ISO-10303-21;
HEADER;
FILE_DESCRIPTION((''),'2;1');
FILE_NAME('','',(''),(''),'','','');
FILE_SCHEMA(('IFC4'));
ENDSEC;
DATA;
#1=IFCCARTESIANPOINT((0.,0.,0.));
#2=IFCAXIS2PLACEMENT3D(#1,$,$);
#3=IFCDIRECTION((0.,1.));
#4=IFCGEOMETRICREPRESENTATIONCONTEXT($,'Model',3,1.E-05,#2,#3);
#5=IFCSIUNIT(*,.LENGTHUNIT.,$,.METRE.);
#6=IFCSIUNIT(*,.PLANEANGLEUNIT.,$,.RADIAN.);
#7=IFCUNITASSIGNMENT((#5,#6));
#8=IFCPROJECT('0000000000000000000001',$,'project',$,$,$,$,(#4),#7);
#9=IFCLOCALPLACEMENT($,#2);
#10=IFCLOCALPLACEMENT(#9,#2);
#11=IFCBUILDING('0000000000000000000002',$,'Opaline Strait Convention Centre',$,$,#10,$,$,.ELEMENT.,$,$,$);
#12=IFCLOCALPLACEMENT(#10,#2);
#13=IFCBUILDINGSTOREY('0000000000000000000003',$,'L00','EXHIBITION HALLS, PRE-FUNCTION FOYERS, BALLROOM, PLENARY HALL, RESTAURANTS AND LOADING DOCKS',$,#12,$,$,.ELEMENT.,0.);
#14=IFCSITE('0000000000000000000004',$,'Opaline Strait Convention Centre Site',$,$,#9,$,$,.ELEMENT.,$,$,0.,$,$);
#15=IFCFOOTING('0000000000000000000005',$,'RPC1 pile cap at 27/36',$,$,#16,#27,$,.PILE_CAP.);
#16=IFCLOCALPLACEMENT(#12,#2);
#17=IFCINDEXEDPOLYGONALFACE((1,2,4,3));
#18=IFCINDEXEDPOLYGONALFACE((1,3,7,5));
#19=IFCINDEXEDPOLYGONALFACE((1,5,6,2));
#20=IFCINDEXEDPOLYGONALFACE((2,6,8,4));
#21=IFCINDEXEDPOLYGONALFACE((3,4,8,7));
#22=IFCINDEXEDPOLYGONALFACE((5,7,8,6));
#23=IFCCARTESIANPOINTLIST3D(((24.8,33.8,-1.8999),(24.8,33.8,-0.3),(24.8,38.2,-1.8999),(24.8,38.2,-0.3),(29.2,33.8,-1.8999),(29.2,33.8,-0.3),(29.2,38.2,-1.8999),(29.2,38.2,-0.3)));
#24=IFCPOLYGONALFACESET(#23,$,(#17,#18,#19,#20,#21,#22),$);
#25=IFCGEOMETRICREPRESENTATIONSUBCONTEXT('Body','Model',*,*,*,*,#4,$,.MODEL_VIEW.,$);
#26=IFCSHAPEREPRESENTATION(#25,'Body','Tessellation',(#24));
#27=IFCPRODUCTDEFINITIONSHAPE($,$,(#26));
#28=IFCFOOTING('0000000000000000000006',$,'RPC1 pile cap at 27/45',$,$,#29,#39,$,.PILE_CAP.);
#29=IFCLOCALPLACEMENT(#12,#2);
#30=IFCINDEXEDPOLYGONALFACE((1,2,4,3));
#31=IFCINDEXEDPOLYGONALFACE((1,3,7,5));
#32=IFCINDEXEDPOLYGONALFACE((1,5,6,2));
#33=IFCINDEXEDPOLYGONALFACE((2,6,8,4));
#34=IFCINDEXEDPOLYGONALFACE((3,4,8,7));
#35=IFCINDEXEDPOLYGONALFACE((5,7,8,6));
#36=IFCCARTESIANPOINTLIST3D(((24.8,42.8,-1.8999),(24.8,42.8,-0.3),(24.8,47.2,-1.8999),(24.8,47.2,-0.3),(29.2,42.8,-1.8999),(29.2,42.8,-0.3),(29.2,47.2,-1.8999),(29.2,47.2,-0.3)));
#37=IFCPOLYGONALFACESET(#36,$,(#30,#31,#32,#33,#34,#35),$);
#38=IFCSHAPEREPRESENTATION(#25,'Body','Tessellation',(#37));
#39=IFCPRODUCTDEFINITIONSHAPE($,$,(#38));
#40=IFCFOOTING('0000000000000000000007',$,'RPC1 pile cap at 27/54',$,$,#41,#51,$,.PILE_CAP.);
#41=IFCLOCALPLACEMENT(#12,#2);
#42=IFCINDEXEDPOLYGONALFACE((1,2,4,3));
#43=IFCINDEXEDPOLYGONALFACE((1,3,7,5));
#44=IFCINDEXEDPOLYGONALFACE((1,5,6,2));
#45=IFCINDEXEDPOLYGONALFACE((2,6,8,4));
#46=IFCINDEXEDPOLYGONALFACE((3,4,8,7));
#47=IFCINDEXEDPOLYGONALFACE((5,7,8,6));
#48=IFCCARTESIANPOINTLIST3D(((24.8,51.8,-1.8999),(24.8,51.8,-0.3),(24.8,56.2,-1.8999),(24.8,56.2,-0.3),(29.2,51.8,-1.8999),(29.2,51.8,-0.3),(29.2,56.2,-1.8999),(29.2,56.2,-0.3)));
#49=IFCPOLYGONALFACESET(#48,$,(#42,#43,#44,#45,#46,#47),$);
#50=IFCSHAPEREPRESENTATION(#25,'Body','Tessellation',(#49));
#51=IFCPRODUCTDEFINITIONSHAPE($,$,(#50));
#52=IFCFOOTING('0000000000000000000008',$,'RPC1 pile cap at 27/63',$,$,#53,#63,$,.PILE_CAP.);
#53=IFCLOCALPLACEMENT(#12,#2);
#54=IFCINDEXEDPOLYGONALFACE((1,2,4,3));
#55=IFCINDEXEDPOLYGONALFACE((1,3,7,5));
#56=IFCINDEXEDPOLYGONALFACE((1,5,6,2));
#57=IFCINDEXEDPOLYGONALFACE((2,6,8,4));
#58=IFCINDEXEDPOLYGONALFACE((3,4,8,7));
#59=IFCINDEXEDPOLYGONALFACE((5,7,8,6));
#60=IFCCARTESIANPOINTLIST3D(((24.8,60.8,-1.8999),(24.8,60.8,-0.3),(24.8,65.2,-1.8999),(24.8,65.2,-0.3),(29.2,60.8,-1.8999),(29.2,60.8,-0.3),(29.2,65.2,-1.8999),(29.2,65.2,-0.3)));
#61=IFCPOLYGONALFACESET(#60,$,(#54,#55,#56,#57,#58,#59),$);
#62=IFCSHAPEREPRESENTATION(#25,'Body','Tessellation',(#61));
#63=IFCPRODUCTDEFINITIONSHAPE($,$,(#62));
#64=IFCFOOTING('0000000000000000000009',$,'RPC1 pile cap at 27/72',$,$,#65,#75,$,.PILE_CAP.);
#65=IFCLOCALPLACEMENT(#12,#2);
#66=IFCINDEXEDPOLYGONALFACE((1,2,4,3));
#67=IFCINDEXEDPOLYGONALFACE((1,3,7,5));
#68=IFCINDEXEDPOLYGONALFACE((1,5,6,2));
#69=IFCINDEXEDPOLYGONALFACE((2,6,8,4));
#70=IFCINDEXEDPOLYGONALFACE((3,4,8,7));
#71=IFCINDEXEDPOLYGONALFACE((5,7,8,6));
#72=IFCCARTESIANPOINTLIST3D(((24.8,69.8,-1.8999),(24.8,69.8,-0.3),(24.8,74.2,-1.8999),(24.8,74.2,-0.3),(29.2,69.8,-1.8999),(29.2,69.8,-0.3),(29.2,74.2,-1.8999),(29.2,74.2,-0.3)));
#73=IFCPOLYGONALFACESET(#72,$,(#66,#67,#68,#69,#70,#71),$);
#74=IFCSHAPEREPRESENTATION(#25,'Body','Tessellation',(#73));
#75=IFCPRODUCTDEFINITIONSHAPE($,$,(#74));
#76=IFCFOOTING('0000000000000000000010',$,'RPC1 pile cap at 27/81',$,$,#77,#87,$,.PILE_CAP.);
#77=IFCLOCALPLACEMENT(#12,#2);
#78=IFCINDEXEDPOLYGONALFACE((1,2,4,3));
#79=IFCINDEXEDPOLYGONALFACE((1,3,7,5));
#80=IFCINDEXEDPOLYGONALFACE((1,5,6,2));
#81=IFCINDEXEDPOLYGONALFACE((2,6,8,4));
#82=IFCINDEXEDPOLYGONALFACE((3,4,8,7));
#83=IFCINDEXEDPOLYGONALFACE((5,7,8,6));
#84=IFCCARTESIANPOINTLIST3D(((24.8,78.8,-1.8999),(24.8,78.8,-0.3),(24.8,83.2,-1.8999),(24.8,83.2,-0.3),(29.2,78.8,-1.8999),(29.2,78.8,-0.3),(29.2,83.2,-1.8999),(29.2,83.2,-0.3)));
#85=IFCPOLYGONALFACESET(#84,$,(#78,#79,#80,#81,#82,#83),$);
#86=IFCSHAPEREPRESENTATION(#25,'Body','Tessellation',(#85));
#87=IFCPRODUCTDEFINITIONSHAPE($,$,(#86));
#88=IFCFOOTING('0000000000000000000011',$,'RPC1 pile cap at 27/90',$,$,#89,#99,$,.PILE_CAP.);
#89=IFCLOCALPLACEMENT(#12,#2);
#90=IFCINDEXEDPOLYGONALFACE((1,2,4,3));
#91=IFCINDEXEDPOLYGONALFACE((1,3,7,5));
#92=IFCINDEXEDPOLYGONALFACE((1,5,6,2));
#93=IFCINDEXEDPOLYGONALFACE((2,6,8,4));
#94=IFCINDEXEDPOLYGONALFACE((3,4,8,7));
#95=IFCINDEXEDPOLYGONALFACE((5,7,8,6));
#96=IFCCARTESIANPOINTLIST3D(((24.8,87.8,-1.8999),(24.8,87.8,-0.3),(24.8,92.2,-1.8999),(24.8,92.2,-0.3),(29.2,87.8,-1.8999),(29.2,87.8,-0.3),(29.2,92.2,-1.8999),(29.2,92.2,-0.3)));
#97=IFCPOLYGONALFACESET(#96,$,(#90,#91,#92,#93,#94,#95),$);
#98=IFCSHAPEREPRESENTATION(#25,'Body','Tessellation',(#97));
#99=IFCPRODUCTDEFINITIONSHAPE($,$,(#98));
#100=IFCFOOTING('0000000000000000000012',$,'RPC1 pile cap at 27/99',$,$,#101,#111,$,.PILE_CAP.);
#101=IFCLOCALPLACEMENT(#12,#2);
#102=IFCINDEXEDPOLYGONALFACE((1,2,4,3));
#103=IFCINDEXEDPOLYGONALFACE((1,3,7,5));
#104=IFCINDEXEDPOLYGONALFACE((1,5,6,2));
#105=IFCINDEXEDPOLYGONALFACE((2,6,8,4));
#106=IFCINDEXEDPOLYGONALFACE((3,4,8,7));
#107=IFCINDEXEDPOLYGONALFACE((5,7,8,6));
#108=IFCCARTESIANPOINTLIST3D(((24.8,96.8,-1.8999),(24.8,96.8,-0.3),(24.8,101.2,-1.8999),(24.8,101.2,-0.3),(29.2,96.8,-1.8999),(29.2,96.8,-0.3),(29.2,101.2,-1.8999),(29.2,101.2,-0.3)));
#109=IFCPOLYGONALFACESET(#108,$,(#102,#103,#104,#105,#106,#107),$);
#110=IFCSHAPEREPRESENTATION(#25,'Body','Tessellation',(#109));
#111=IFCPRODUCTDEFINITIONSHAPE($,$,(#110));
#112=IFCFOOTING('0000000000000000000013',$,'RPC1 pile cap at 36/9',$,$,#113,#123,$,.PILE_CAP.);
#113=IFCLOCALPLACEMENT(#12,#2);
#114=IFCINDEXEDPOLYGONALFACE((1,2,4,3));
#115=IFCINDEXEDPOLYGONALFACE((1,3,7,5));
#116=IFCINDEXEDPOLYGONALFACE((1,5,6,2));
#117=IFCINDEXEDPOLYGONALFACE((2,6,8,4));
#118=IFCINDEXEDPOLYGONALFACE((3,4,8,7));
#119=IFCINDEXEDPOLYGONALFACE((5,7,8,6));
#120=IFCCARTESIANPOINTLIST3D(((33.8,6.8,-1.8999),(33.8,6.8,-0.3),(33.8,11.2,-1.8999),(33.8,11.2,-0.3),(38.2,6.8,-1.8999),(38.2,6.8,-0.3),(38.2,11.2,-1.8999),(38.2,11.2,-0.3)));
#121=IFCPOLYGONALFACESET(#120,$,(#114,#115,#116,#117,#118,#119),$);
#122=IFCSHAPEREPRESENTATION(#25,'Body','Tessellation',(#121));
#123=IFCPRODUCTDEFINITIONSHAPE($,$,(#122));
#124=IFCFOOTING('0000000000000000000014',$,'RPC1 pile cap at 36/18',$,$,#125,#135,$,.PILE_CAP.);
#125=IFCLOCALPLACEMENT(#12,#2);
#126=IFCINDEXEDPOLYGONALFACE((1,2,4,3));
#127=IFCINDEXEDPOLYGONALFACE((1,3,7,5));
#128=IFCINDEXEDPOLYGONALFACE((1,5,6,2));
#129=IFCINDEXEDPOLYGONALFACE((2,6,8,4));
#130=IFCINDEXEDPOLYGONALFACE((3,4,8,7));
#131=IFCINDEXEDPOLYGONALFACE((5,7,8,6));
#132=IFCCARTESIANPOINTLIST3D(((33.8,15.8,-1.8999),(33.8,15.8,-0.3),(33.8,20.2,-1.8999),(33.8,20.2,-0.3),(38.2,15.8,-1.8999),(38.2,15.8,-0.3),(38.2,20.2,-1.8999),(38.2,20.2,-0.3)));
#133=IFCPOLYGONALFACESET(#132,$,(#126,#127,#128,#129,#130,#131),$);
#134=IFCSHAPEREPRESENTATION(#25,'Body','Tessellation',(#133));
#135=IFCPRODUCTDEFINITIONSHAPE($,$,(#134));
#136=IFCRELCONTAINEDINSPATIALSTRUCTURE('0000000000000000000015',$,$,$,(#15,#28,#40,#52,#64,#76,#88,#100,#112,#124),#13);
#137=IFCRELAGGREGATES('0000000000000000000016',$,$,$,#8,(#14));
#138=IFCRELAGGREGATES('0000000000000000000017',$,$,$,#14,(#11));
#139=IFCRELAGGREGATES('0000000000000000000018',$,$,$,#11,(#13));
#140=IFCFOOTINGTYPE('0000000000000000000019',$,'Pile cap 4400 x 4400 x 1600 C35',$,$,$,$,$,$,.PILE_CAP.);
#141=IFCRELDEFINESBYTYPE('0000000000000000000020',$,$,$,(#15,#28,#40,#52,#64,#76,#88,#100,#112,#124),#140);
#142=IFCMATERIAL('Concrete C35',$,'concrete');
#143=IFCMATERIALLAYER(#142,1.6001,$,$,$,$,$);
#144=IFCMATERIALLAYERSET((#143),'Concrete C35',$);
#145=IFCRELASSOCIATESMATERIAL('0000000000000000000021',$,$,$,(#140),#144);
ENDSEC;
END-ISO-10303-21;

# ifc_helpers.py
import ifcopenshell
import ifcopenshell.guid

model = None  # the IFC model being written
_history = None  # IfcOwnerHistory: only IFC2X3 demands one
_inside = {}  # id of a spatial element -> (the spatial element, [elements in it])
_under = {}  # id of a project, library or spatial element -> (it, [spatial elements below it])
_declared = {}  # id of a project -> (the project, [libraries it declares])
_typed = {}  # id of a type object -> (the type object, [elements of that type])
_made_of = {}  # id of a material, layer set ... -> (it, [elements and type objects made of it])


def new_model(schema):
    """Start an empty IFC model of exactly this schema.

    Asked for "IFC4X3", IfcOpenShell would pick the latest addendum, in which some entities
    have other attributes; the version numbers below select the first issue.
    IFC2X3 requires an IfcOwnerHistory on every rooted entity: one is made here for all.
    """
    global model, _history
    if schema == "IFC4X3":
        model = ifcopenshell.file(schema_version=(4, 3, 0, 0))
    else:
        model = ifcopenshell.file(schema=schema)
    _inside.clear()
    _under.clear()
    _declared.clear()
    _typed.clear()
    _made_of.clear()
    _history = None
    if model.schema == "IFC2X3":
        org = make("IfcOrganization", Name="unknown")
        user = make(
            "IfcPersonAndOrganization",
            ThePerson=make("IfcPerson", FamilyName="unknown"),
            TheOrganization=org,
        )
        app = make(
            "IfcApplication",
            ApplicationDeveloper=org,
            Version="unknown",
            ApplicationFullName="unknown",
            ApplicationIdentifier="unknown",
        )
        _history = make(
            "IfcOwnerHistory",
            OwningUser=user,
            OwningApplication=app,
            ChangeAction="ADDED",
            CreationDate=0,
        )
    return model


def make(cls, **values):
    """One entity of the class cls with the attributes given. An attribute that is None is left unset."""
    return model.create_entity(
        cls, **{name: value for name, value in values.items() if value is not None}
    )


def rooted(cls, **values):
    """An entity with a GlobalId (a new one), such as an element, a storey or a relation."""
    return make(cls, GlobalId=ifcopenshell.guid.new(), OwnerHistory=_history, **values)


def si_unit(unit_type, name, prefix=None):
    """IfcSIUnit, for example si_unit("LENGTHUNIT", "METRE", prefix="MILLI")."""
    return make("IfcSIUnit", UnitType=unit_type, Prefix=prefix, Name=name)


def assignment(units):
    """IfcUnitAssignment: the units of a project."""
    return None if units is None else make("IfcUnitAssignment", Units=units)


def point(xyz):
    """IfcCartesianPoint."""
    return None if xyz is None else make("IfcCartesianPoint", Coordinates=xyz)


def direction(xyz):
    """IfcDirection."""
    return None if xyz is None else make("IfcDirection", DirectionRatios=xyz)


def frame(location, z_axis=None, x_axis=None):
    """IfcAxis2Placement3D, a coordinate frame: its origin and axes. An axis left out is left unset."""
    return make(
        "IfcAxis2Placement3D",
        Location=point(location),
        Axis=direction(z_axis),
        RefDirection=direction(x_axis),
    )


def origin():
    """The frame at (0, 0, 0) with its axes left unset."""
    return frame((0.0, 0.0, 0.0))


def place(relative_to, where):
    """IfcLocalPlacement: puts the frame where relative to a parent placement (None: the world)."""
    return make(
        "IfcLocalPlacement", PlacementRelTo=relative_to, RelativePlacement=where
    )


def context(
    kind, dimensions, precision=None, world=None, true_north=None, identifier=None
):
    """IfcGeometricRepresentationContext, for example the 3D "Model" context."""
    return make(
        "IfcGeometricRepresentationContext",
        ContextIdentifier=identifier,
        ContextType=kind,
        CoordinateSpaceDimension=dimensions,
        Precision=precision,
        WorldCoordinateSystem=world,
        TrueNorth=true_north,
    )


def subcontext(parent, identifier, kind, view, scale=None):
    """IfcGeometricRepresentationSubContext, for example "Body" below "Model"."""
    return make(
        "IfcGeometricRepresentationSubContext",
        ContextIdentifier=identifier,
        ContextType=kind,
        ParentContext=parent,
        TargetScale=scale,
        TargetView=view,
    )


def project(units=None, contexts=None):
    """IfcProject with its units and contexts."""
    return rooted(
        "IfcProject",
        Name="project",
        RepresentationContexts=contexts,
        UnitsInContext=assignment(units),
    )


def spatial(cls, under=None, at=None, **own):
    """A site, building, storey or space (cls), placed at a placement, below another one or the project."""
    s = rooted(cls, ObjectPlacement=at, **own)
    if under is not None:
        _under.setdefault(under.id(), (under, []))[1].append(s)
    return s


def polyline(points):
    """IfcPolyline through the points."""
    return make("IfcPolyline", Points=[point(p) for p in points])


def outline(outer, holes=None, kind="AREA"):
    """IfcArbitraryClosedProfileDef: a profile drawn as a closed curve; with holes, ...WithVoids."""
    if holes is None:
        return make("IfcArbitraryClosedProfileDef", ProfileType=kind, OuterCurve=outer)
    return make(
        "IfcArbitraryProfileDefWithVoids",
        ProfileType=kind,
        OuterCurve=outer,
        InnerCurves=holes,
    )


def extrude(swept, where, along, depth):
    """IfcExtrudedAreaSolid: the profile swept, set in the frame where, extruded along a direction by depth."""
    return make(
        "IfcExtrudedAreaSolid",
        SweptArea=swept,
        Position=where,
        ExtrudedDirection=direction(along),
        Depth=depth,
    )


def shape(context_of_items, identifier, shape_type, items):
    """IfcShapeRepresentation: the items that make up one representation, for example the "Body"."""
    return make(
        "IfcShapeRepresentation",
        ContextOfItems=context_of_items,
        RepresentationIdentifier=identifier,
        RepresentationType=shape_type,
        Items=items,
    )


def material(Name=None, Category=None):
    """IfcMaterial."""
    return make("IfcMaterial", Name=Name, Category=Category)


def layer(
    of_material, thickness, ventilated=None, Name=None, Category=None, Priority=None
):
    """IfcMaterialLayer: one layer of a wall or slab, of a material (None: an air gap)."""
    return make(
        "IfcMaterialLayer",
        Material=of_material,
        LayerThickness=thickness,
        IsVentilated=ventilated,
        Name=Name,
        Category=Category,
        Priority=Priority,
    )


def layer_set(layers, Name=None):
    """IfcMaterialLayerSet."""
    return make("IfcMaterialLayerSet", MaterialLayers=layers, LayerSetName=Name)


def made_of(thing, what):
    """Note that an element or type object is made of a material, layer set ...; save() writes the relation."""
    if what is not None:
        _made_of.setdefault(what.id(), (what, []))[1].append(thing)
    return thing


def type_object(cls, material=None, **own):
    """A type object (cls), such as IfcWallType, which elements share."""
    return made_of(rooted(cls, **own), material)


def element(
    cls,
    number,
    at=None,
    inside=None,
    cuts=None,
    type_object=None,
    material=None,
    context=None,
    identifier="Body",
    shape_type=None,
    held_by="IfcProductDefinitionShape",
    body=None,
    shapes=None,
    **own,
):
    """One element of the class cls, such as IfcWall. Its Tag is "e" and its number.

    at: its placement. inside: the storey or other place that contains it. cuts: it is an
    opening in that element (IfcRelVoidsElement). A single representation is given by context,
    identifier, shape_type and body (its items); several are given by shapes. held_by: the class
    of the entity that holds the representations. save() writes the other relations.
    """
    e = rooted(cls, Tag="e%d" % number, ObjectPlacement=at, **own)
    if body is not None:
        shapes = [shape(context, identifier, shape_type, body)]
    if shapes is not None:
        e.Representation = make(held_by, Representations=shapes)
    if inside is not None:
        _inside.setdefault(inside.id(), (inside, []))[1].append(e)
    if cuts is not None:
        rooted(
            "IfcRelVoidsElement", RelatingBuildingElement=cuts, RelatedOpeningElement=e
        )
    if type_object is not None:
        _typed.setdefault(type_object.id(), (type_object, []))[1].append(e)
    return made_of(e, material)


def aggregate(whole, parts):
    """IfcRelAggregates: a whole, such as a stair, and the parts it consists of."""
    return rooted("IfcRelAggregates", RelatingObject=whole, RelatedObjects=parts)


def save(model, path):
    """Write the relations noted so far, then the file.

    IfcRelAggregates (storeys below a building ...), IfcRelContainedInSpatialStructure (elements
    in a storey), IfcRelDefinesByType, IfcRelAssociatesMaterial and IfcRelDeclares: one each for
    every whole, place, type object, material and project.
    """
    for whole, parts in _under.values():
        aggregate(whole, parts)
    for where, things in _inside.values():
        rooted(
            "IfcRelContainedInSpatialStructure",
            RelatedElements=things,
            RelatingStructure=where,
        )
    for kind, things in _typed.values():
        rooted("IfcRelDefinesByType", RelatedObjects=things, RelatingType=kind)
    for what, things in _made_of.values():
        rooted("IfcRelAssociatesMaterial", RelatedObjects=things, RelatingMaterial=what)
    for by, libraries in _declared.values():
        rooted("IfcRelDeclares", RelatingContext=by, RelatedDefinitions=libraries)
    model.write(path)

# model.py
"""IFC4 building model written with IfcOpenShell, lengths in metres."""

from ifc_helpers import new_model, si_unit, direction, frame, origin, place, context, subcontext, project, spatial, polyline, outline, extrude, material, layer, layer_set, type_object, element, save


model = new_model("IFC4")

# Units and contexts
model_context = context("Model", 3, precision=1e-05, world=origin(), true_north=direction((0.0, 1.0)))
body_context = subcontext(model_context, "Body", "Model", "MODEL_VIEW")
ifc_project = project(units=[si_unit("LENGTHUNIT", "METRE"), si_unit("PLANEANGLEUNIT", "RADIAN")], contexts=[model_context])

# Site, building, storey
site_placement = place(None, origin())
site = spatial("IfcSite", under=ifc_project, at=site_placement, Name="Opaline Strait Convention Centre Site", CompositionType="ELEMENT", RefElevation=0.0)
building_placement = place(site_placement, origin())
building = spatial("IfcBuilding", under=site, at=building_placement, Name="Opaline Strait Convention Centre", CompositionType="ELEMENT")
storey_placement = place(building_placement, origin())
storey = spatial("IfcBuildingStorey", under=building, at=storey_placement, Name="L00", Description="EXHIBITION HALLS, PRE-FUNCTION FOYERS, BALLROOM, PLENARY HALL, RESTAURANTS AND LOADING DOCKS", CompositionType="ELEMENT", Elevation=0.0)

# Footings
ifc_material = material(Name="Concrete C35", Category="concrete")
ifc_layer = layer(ifc_material, 1.6001)
ifc_layer_set = layer_set([ifc_layer], Name="Concrete C35")
footing_type = type_object("IfcFootingType", Name="Pile cap 4400 x 4400 x 1600 C35", PredefinedType="PILE_CAP", material=ifc_layer_set)
footing_1_placement = place(storey_placement, frame((0.0, 0.0, -1.8999)))
element("IfcFooting", 1, at=footing_1_placement, inside=storey, type_object=footing_type, Name="RPC1 pile cap at 27/36", PredefinedType="PILE_CAP", context=body_context, shape_type="SweptSolid", body=[
    extrude(outline(polyline([(24.8, 33.8), (29.2, 33.8), (29.2, 38.2), (24.8, 38.2), (24.8, 33.8)])), origin(), (0.0, 0.0, 1.0), 1.5999),
])
footing_2_placement = place(storey_placement, frame((0.0, 0.0, -1.8999)))
element("IfcFooting", 2, at=footing_2_placement, inside=storey, type_object=footing_type, Name="RPC1 pile cap at 27/45", PredefinedType="PILE_CAP", context=body_context, shape_type="SweptSolid", body=[
    extrude(outline(polyline([(24.8, 42.8), (29.2, 42.8), (29.2, 47.2), (24.8, 47.2), (24.8, 42.8)])), origin(), (0.0, 0.0, 1.0), 1.5999),
])
footing_3_placement = place(storey_placement, frame((0.0, 0.0, -1.8999)))
element("IfcFooting", 3, at=footing_3_placement, inside=storey, type_object=footing_type, Name="RPC1 pile cap at 27/54", PredefinedType="PILE_CAP", context=body_context, shape_type="SweptSolid", body=[
    extrude(outline(polyline([(24.8, 51.8), (29.2, 51.8), (29.2, 56.2), (24.8, 56.2), (24.8, 51.8)])), origin(), (0.0, 0.0, 1.0), 1.5999),
])
footing_4_placement = place(storey_placement, frame((0.0, 0.0, -1.8999)))
element("IfcFooting", 4, at=footing_4_placement, inside=storey, type_object=footing_type, Name="RPC1 pile cap at 27/63", PredefinedType="PILE_CAP", context=body_context, shape_type="SweptSolid", body=[
    extrude(outline(polyline([(24.8, 60.8), (29.2, 60.8), (29.2, 65.2), (24.8, 65.2), (24.8, 60.8)])), origin(), (0.0, 0.0, 1.0), 1.5999),
])
footing_5_placement = place(storey_placement, frame((0.0, 0.0, -1.8999)))
element("IfcFooting", 5, at=footing_5_placement, inside=storey, type_object=footing_type, Name="RPC1 pile cap at 27/72", PredefinedType="PILE_CAP", context=body_context, shape_type="SweptSolid", body=[
    extrude(outline(polyline([(24.8, 69.8), (29.2, 69.8), (29.2, 74.2), (24.8, 74.2), (24.8, 69.8)])), origin(), (0.0, 0.0, 1.0), 1.5999),
])
footing_6_placement = place(storey_placement, frame((0.0, 0.0, -1.8999)))
element("IfcFooting", 6, at=footing_6_placement, inside=storey, type_object=footing_type, Name="RPC1 pile cap at 27/81", PredefinedType="PILE_CAP", context=body_context, shape_type="SweptSolid", body=[
    extrude(outline(polyline([(24.8, 78.8), (29.2, 78.8), (29.2, 83.2), (24.8, 83.2), (24.8, 78.8)])), origin(), (0.0, 0.0, 1.0), 1.5999),
])
footing_7_placement = place(storey_placement, frame((0.0, 0.0, -1.8999)))
element("IfcFooting", 7, at=footing_7_placement, inside=storey, type_object=footing_type, Name="RPC1 pile cap at 27/90", PredefinedType="PILE_CAP", context=body_context, shape_type="SweptSolid", body=[
    extrude(outline(polyline([(24.8, 87.8), (29.2, 87.8), (29.2, 92.2), (24.8, 92.2), (24.8, 87.8)])), origin(), (0.0, 0.0, 1.0), 1.5999),
])
footing_8_placement = place(storey_placement, frame((0.0, 0.0, -1.8999)))
element("IfcFooting", 8, at=footing_8_placement, inside=storey, type_object=footing_type, Name="RPC1 pile cap at 27/99", PredefinedType="PILE_CAP", context=body_context, shape_type="SweptSolid", body=[
    extrude(outline(polyline([(24.8, 96.8), (29.2, 96.8), (29.2, 101.2), (24.8, 101.2), (24.8, 96.8)])), origin(), (0.0, 0.0, 1.0), 1.5999),
])
footing_9_placement = place(storey_placement, frame((0.0, 0.0, -1.8999)))
element("IfcFooting", 9, at=footing_9_placement, inside=storey, type_object=footing_type, Name="RPC1 pile cap at 36/9", PredefinedType="PILE_CAP", context=body_context, shape_type="SweptSolid", body=[
    extrude(outline(polyline([(33.8, 6.8), (38.2, 6.8), (38.2, 11.2), (33.8, 11.2), (33.8, 6.8)])), origin(), (0.0, 0.0, 1.0), 1.5999),
])
footing_10_placement = place(storey_placement, frame((0.0, 0.0, -1.8999)))
element("IfcFooting", 10, at=footing_10_placement, inside=storey, type_object=footing_type, Name="RPC1 pile cap at 36/18", PredefinedType="PILE_CAP", context=body_context, shape_type="SweptSolid", body=[
    extrude(outline(polyline([(33.8, 15.8), (38.2, 15.8), (38.2, 20.2), (33.8, 20.2), (33.8, 15.8)])), origin(), (0.0, 0.0, 1.0), 1.5999),
])

save(model, "model.ifc")
